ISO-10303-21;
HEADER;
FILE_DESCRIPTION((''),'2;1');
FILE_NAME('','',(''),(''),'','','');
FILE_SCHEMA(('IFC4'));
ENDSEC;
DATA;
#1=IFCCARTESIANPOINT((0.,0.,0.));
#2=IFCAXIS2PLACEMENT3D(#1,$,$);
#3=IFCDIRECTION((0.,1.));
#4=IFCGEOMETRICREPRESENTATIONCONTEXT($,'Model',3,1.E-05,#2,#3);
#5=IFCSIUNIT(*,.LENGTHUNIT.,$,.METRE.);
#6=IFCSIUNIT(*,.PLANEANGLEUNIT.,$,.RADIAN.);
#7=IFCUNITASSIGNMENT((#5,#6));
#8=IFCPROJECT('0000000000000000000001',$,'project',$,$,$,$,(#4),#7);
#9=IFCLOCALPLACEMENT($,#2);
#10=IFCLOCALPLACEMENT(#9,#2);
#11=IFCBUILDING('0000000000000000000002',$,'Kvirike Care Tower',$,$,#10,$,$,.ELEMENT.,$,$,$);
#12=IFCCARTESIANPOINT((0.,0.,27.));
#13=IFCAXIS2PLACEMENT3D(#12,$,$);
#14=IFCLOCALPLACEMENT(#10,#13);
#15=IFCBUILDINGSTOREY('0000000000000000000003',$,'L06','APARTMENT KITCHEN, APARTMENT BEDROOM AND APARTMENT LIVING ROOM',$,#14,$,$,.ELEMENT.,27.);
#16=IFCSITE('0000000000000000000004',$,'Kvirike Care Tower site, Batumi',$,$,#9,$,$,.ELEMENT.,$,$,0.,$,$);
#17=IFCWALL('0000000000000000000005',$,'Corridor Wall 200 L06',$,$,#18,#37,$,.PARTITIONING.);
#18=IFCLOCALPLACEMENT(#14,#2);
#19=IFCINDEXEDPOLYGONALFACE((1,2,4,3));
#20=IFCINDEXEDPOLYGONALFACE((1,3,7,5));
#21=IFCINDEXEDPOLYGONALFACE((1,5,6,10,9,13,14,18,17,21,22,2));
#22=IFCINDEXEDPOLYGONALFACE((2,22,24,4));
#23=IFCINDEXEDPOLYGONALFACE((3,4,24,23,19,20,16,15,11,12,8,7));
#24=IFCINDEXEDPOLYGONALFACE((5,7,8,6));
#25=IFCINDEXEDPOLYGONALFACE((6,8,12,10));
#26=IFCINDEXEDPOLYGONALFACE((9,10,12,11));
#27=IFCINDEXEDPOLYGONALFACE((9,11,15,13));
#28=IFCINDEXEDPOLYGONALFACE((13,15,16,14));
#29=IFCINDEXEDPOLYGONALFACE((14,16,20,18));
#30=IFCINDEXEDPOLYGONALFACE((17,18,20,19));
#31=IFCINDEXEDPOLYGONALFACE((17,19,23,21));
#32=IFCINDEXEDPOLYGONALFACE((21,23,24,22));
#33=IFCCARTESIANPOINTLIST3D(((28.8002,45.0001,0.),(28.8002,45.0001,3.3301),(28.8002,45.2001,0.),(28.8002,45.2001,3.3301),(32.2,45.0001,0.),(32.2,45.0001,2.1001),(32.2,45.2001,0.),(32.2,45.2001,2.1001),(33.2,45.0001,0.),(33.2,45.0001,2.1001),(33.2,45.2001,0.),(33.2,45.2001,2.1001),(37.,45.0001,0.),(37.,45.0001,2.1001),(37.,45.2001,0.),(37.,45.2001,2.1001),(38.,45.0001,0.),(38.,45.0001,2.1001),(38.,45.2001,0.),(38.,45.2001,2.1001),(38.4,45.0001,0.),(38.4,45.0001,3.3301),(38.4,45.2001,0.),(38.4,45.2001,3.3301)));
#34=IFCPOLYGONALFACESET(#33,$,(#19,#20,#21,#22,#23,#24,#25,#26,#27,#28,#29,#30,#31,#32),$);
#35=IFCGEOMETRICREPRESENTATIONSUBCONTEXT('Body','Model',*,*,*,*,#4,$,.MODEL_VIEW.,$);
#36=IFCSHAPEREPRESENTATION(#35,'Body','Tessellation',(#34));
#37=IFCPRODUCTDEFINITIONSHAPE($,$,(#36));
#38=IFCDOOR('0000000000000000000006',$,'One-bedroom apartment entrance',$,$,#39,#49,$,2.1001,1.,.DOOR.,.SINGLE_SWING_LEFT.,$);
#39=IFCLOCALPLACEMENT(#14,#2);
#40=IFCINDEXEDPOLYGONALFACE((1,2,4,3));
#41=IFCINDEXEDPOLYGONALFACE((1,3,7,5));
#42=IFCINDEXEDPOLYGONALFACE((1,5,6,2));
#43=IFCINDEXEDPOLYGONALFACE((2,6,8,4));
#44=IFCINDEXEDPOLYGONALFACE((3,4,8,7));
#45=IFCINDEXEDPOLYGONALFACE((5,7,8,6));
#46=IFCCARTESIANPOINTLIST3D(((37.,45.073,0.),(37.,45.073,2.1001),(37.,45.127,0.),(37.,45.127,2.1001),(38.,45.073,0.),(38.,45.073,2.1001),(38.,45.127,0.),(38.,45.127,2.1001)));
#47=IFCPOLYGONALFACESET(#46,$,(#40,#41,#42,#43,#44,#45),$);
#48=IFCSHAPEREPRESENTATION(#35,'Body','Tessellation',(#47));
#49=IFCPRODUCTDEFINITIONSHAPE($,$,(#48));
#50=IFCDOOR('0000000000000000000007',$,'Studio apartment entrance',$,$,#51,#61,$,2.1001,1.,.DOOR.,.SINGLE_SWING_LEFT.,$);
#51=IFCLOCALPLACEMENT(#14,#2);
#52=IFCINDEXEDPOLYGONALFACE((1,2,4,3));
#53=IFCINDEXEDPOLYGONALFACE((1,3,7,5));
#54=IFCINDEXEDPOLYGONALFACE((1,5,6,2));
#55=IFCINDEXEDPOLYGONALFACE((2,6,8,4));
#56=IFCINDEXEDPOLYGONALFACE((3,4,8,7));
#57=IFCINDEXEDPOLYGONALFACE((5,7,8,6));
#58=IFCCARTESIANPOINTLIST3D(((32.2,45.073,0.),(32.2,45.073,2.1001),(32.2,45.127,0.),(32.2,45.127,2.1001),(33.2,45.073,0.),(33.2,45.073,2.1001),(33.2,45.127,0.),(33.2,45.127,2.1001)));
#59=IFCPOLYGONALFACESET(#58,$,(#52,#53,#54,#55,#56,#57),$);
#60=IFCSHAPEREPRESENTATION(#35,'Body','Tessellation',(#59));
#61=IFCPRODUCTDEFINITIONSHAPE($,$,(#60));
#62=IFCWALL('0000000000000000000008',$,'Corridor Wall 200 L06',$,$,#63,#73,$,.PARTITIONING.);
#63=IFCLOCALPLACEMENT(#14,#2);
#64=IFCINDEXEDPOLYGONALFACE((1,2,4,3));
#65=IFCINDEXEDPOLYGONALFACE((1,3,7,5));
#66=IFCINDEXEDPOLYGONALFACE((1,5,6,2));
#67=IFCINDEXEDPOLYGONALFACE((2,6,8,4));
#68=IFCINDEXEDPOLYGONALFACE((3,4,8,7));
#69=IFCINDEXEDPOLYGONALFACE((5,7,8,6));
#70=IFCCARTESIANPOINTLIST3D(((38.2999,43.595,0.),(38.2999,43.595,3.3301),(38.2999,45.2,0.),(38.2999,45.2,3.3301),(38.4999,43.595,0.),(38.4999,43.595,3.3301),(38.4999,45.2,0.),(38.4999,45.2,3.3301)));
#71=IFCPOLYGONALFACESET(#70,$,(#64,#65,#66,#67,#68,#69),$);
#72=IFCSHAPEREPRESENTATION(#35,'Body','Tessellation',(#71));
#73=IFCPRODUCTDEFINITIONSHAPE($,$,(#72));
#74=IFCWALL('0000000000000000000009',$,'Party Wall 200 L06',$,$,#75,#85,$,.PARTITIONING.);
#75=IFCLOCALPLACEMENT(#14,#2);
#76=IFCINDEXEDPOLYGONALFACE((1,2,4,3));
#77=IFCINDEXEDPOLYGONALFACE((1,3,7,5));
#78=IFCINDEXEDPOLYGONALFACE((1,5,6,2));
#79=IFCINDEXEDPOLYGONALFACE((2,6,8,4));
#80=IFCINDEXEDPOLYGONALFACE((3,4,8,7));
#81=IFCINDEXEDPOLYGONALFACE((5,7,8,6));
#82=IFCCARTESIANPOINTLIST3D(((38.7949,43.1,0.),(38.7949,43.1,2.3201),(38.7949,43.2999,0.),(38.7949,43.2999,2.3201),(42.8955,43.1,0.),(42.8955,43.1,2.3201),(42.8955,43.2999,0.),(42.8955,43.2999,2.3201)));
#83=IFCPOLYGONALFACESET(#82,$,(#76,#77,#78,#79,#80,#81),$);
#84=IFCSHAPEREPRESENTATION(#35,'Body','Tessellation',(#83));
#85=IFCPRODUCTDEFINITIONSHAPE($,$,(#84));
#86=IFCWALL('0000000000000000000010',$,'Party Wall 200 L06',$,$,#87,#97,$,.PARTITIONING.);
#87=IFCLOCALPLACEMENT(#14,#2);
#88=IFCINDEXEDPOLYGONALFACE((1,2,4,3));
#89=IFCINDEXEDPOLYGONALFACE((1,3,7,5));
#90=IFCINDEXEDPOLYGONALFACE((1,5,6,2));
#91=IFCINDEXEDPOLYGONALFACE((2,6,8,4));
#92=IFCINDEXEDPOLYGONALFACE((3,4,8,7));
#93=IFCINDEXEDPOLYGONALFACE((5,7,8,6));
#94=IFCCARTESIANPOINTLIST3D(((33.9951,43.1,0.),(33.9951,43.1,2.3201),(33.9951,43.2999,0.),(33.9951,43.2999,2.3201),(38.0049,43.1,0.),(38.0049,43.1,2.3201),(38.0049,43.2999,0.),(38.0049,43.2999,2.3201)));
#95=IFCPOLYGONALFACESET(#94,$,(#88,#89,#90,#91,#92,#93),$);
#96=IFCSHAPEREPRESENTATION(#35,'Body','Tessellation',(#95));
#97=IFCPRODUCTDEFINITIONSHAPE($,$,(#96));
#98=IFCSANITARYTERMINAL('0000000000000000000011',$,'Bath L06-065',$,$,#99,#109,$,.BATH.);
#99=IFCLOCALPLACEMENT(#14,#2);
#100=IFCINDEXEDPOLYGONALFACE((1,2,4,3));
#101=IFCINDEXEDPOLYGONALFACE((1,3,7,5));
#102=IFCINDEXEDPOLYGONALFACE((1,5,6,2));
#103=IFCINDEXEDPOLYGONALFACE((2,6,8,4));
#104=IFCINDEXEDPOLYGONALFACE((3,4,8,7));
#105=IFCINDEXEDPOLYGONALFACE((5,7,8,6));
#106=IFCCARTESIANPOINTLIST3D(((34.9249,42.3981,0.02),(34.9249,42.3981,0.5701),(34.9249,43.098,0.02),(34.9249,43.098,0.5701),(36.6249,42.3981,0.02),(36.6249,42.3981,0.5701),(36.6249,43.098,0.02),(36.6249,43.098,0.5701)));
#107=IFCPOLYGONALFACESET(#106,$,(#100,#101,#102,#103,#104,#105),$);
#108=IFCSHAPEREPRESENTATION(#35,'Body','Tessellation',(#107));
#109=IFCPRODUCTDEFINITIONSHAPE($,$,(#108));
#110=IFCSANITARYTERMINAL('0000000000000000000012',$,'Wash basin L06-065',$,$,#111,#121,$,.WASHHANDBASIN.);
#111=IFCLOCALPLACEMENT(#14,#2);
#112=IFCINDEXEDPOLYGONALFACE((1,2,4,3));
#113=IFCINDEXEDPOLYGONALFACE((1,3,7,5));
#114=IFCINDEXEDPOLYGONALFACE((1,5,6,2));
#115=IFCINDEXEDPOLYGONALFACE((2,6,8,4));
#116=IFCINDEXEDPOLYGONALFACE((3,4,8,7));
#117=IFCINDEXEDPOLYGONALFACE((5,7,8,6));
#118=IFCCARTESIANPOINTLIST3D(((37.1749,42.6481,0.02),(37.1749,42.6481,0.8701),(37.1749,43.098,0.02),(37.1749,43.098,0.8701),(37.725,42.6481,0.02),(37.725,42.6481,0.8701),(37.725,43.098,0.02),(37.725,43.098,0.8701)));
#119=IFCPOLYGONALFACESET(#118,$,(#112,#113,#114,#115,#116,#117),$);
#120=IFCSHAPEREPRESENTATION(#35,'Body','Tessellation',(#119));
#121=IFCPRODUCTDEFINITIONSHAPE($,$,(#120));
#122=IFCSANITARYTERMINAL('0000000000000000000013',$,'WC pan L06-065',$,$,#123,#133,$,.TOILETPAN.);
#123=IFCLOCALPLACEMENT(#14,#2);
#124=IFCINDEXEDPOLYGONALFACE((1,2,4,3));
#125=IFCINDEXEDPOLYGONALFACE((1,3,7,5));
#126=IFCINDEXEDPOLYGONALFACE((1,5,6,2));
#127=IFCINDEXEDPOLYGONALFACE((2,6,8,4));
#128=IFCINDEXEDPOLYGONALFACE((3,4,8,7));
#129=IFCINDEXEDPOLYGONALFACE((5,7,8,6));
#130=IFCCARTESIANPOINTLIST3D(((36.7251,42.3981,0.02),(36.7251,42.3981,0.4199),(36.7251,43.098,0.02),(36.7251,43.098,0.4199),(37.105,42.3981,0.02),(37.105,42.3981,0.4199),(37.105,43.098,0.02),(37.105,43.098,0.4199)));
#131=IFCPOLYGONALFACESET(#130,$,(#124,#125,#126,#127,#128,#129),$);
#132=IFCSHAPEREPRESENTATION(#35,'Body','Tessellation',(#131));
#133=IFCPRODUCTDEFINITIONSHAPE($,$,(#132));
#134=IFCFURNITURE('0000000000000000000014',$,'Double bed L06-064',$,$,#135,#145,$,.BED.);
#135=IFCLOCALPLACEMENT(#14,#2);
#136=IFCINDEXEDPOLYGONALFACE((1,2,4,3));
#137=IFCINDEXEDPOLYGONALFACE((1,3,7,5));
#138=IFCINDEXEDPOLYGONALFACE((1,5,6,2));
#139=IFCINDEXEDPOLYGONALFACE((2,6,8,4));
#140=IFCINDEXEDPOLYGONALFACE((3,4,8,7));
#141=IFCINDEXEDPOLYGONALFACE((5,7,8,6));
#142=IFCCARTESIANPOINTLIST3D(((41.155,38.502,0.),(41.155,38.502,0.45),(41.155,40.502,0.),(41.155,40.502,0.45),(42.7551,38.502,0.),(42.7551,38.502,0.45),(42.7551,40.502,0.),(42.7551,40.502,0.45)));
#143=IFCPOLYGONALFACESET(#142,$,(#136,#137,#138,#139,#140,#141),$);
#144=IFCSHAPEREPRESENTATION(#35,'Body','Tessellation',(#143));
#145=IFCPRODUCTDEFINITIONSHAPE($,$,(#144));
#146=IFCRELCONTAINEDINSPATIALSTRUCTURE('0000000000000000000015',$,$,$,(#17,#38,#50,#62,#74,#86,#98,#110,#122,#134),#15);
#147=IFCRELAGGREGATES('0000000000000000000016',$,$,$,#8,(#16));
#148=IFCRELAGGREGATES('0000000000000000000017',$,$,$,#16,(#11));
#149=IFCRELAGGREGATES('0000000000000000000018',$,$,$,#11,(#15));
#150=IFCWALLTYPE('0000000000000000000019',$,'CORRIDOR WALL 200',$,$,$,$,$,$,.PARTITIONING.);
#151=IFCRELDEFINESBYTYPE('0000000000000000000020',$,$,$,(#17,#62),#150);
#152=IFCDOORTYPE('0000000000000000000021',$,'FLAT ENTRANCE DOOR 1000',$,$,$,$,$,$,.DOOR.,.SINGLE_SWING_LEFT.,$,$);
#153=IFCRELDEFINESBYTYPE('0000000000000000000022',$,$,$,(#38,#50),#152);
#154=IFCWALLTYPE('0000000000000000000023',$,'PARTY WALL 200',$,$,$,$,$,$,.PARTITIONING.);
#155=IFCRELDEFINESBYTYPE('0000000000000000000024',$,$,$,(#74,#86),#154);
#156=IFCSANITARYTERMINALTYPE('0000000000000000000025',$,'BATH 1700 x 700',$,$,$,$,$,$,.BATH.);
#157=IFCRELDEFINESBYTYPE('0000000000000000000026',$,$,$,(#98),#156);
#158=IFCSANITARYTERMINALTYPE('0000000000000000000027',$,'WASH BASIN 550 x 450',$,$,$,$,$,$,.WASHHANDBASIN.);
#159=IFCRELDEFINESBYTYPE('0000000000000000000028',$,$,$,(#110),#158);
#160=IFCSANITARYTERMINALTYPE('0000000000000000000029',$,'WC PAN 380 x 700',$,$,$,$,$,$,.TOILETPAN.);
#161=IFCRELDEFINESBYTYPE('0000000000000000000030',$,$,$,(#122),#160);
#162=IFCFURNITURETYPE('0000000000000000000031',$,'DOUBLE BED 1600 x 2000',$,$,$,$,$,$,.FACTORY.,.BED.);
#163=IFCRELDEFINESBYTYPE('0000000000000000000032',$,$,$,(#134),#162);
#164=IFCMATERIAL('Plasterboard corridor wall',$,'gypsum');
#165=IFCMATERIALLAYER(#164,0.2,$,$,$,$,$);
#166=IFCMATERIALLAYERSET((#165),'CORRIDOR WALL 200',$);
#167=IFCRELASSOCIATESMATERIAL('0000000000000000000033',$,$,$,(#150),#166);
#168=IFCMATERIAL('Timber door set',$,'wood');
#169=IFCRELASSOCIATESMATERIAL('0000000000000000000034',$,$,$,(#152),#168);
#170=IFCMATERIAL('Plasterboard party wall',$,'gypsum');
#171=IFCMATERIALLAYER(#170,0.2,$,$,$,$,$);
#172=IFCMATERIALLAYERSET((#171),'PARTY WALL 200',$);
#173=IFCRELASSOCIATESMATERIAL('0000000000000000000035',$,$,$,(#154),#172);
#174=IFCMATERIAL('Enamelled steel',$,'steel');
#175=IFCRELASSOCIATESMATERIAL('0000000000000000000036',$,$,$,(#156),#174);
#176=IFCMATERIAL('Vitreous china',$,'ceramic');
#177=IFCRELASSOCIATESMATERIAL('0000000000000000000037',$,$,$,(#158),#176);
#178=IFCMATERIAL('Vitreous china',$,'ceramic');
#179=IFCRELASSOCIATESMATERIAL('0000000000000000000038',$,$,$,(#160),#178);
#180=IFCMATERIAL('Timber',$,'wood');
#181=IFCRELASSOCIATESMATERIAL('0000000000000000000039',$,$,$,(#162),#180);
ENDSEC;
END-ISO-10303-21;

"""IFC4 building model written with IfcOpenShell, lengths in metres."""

from ifc_helpers import new_model, si_unit, direction, frame, frame_2d, origin, origin_2d, place, context, subcontext, project, spatial, rectangle, extrude, material, layer, layer_set, type_object, element, fill, save


model = new_model("IFC4")

# Units and contexts
model_context = context("Model", 3, precision=1e-05, world=origin(), true_north=direction((0.0, 1.0)))
body_context = subcontext(model_context, "Body", "Model", "MODEL_VIEW")
ifc_project = project(units=[si_unit("LENGTHUNIT", "METRE"), si_unit("PLANEANGLEUNIT", "RADIAN")], contexts=[model_context])

# Site, building, storey
site_placement = place(None, origin())
site = spatial("IfcSite", under=ifc_project, at=site_placement, Name="Kvirike Care Tower site, Batumi", CompositionType="ELEMENT", RefElevation=0.0)
building_placement = place(site_placement, origin())
building = spatial("IfcBuilding", under=site, at=building_placement, Name="Kvirike Care Tower", CompositionType="ELEMENT")
storey_placement = place(building_placement, frame((0.0, 0.0, 27.0)))
storey = spatial("IfcBuildingStorey", under=building, at=storey_placement, Name="L06", Description="APARTMENT KITCHEN, APARTMENT BEDROOM AND APARTMENT LIVING ROOM", CompositionType="ELEMENT", Elevation=27.0)

# Wall, openings, doors
ifc_material_1 = material(Name="Plasterboard corridor wall", Category="gypsum")
ifc_layer_1 = layer(ifc_material_1, 0.2)
ifc_layer_set_1 = layer_set([ifc_layer_1], Name="CORRIDOR WALL 200")
wall_type_1 = type_object("IfcWallType", Name="CORRIDOR WALL 200", PredefinedType="PARTITIONING", material=ifc_layer_set_1)
wall_1_placement = place(storey_placement, frame((38.3999, 45.1001, 0.0), z_axis=(0.0, 0.0, 1.0), x_axis=(-1.0, 0.0, 0.0)))
wall_1 = element("IfcWall", 1, at=wall_1_placement, inside=storey, type_object=wall_type_1, Name="Corridor Wall 200 L06", PredefinedType="PARTITIONING", context=body_context, shape_type="SweptSolid", body=[
    extrude(rectangle(XDim=9.5999, YDim=0.2, at=frame_2d((4.7998, 0.0))), origin(), (0.0, 0.0, 1.0), 3.3301),
])
opening_1_placement = place(wall_1_placement, frame((0.3999, 0.0, 0.0)))
opening_1 = element("IfcOpeningElement", 2, at=opening_1_placement, cuts=wall_1, PredefinedType="OPENING", context=body_context, shape_type="SweptSolid", body=[
    extrude(rectangle(XDim=1.0, YDim=2.1001, at=frame_2d((0.5, 1.05))), frame((0.0, 0.1106, 0.0), z_axis=(0.0, -1.0, 0.0), x_axis=(1.0, 0.0, 0.0)), (0.0, 0.0, 1.0), 0.2209),
])
opening_2_placement = place(wall_1_placement, frame((5.2, 0.0, 0.0)))
opening_2 = element("IfcOpeningElement", 3, at=opening_2_placement, cuts=wall_1, PredefinedType="OPENING", context=body_context, shape_type="SweptSolid", body=[
    extrude(rectangle(XDim=1.0, YDim=2.1001, at=frame_2d((0.5, 1.05))), frame((0.0, 0.1106, 0.0), z_axis=(0.0, -1.0, 0.0), x_axis=(1.0, 0.0, 0.0)), (0.0, 0.0, 1.0), 0.2209),
])
ifc_material_2 = material(Name="Timber door set", Category="wood")
door_type_1 = type_object("IfcDoorType", Name="FLAT ENTRANCE DOOR 1000", OperationType="SINGLE_SWING_LEFT", PredefinedType="DOOR", material=ifc_material_2)
door_1_placement = place(opening_1_placement, frame((1.0, 0.0, 0.0), z_axis=(0.0, 0.0, 1.0), x_axis=(-1.0, 0.0, 0.0)))
door_1 = element("IfcDoor", 4, at=door_1_placement, inside=storey, type_object=door_type_1, Name="One-bedroom apartment entrance", OperationType="SINGLE_SWING_LEFT", OverallHeight=2.1001, OverallWidth=1.0, PredefinedType="DOOR", context=body_context, shape_type="SweptSolid", body=[
    extrude(rectangle(XDim=1.0, YDim=2.1001, at=frame_2d((0.5, 1.05))), frame((0.0, 0.0269, 0.0), z_axis=(0.0, -1.0, 0.0), x_axis=(1.0, 0.0, 0.0)), (0.0, 0.0, 1.0), 0.054),
])
fill(opening_1, door_1)
door_2_placement = place(opening_2_placement, frame((1.0, 0.0, 0.0), z_axis=(0.0, 0.0, 1.0), x_axis=(-1.0, 0.0, 0.0)))
door_2 = element("IfcDoor", 5, at=door_2_placement, inside=storey, type_object=door_type_1, Name="Studio apartment entrance", OperationType="SINGLE_SWING_LEFT", OverallHeight=2.1001, OverallWidth=1.0, PredefinedType="DOOR", context=body_context, shape_type="SweptSolid", body=[
    extrude(rectangle(XDim=1.0, YDim=2.1001, at=frame_2d((0.5, 1.05))), frame((0.0, 0.0269, 0.0), z_axis=(0.0, -1.0, 0.0), x_axis=(1.0, 0.0, 0.0)), (0.0, 0.0, 1.0), 0.054),
])
fill(opening_2, door_2)

# Walls
wall_2_placement = place(storey_placement, frame((38.3999, 45.2, 0.0), z_axis=(0.0, 0.0, 1.0), x_axis=(0.0, -1.0, 0.0)))
element("IfcWall", 6, at=wall_2_placement, inside=storey, type_object=wall_type_1, Name="Corridor Wall 200 L06", PredefinedType="PARTITIONING", context=body_context, shape_type="SweptSolid", body=[
    extrude(rectangle(XDim=1.605, YDim=0.2, at=frame_2d((0.8025, 0.0))), origin(), (0.0, 0.0, 1.0), 3.3301),
])
ifc_material_3 = material(Name="Plasterboard party wall", Category="gypsum")
ifc_layer_2 = layer(ifc_material_3, 0.2)
ifc_layer_set_2 = layer_set([ifc_layer_2], Name="PARTY WALL 200")
wall_type_2 = type_object("IfcWallType", Name="PARTY WALL 200", PredefinedType="PARTITIONING", material=ifc_layer_set_2)
wall_3_placement = place(storey_placement, frame((42.8955, 43.2, 0.0), z_axis=(0.0, 0.0, 1.0), x_axis=(-1.0, 0.0, 0.0)))
element("IfcWall", 7, at=wall_3_placement, inside=storey, type_object=wall_type_2, Name="Party Wall 200 L06", PredefinedType="PARTITIONING", context=body_context, shape_type="SweptSolid", body=[
    extrude(rectangle(XDim=4.1006, YDim=0.2, at=frame_2d((2.0503, 0.0))), origin(), (0.0, 0.0, 1.0), 2.3201),
])
wall_4_placement = place(storey_placement, frame((38.0049, 43.2, 0.0), z_axis=(0.0, 0.0, 1.0), x_axis=(-1.0, 0.0, 0.0)))
element("IfcWall", 8, at=wall_4_placement, inside=storey, type_object=wall_type_2, Name="Party Wall 200 L06", PredefinedType="PARTITIONING", context=body_context, shape_type="SweptSolid", body=[
    extrude(rectangle(XDim=4.0098, YDim=0.2, at=frame_2d((2.0049, 0.0))), origin(), (0.0, 0.0, 1.0), 2.3201),
])

# Sanitary terminals
ifc_material_4 = material(Name="Enamelled steel", Category="steel")
sanitary_terminal_type_1 = type_object("IfcSanitaryTerminalType", Name="BATH 1700 x 700", PredefinedType="BATH", material=ifc_material_4)
sanitary_terminal_1_placement = place(storey_placement, frame((35.7749, 42.748, 0.02), z_axis=(0.0, 0.0, 1.0), x_axis=(1.0, 0.0, 0.0)))
element("IfcSanitaryTerminal", 9, at=sanitary_terminal_1_placement, inside=storey, type_object=sanitary_terminal_type_1, Name="Bath L06-065", PredefinedType="BATH", context=body_context, shape_type="SweptSolid", body=[
    extrude(rectangle(XDim=1.7, YDim=0.7, at=origin_2d()), origin(), (0.0, 0.0, 1.0), 0.55),
])
ifc_material_5 = material(Name="Vitreous china", Category="ceramic")
sanitary_terminal_type_2 = type_object("IfcSanitaryTerminalType", Name="WASH BASIN 550 x 450", PredefinedType="WASHHANDBASIN", material=ifc_material_5)
sanitary_terminal_2_placement = place(storey_placement, frame((37.45, 42.873, 0.02), z_axis=(0.0, 0.0, 1.0), x_axis=(1.0, 0.0, 0.0)))
element("IfcSanitaryTerminal", 10, at=sanitary_terminal_2_placement, inside=storey, type_object=sanitary_terminal_type_2, Name="Wash basin L06-065", PredefinedType="WASHHANDBASIN", context=body_context, shape_type="SweptSolid", body=[
    extrude(rectangle(XDim=0.55, YDim=0.45, at=origin_2d()), origin(), (0.0, 0.0, 1.0), 0.8501),
])
ifc_material_6 = material(Name="Vitreous china", Category="ceramic")
sanitary_terminal_type_3 = type_object("IfcSanitaryTerminalType", Name="WC PAN 380 x 700", PredefinedType="TOILETPAN", material=ifc_material_6)
sanitary_terminal_3_placement = place(storey_placement, frame((36.915, 42.748, 0.02), z_axis=(0.0, 0.0, 1.0), x_axis=(1.0, 0.0, 0.0)))
element("IfcSanitaryTerminal", 11, at=sanitary_terminal_3_placement, inside=storey, type_object=sanitary_terminal_type_3, Name="WC pan L06-065", PredefinedType="TOILETPAN", context=body_context, shape_type="SweptSolid", body=[
    extrude(rectangle(XDim=0.3799, YDim=0.7, at=origin_2d()), origin(), (0.0, 0.0, 1.0), 0.3999),
])

# Furniture
ifc_material_7 = material(Name="Timber", Category="wood")
furniture_type = type_object("IfcFurnitureType", Name="DOUBLE BED 1600 x 2000", AssemblyPlace="FACTORY", PredefinedType="BED", material=ifc_material_7)
furniture_placement = place(storey_placement, frame((41.9551, 39.502, 0.0), z_axis=(0.0, 0.0, 1.0), x_axis=(-1.0, 0.0, 0.0)))
element("IfcFurniture", 12, at=furniture_placement, inside=storey, type_object=furniture_type, Name="Double bed L06-064", PredefinedType="BED", context=body_context, shape_type="SweptSolid", body=[
    extrude(rectangle(XDim=1.6001, YDim=2.0, at=origin_2d()), origin(), (0.0, 0.0, 1.0), 0.45),
])

save(model, "model.ifc")
